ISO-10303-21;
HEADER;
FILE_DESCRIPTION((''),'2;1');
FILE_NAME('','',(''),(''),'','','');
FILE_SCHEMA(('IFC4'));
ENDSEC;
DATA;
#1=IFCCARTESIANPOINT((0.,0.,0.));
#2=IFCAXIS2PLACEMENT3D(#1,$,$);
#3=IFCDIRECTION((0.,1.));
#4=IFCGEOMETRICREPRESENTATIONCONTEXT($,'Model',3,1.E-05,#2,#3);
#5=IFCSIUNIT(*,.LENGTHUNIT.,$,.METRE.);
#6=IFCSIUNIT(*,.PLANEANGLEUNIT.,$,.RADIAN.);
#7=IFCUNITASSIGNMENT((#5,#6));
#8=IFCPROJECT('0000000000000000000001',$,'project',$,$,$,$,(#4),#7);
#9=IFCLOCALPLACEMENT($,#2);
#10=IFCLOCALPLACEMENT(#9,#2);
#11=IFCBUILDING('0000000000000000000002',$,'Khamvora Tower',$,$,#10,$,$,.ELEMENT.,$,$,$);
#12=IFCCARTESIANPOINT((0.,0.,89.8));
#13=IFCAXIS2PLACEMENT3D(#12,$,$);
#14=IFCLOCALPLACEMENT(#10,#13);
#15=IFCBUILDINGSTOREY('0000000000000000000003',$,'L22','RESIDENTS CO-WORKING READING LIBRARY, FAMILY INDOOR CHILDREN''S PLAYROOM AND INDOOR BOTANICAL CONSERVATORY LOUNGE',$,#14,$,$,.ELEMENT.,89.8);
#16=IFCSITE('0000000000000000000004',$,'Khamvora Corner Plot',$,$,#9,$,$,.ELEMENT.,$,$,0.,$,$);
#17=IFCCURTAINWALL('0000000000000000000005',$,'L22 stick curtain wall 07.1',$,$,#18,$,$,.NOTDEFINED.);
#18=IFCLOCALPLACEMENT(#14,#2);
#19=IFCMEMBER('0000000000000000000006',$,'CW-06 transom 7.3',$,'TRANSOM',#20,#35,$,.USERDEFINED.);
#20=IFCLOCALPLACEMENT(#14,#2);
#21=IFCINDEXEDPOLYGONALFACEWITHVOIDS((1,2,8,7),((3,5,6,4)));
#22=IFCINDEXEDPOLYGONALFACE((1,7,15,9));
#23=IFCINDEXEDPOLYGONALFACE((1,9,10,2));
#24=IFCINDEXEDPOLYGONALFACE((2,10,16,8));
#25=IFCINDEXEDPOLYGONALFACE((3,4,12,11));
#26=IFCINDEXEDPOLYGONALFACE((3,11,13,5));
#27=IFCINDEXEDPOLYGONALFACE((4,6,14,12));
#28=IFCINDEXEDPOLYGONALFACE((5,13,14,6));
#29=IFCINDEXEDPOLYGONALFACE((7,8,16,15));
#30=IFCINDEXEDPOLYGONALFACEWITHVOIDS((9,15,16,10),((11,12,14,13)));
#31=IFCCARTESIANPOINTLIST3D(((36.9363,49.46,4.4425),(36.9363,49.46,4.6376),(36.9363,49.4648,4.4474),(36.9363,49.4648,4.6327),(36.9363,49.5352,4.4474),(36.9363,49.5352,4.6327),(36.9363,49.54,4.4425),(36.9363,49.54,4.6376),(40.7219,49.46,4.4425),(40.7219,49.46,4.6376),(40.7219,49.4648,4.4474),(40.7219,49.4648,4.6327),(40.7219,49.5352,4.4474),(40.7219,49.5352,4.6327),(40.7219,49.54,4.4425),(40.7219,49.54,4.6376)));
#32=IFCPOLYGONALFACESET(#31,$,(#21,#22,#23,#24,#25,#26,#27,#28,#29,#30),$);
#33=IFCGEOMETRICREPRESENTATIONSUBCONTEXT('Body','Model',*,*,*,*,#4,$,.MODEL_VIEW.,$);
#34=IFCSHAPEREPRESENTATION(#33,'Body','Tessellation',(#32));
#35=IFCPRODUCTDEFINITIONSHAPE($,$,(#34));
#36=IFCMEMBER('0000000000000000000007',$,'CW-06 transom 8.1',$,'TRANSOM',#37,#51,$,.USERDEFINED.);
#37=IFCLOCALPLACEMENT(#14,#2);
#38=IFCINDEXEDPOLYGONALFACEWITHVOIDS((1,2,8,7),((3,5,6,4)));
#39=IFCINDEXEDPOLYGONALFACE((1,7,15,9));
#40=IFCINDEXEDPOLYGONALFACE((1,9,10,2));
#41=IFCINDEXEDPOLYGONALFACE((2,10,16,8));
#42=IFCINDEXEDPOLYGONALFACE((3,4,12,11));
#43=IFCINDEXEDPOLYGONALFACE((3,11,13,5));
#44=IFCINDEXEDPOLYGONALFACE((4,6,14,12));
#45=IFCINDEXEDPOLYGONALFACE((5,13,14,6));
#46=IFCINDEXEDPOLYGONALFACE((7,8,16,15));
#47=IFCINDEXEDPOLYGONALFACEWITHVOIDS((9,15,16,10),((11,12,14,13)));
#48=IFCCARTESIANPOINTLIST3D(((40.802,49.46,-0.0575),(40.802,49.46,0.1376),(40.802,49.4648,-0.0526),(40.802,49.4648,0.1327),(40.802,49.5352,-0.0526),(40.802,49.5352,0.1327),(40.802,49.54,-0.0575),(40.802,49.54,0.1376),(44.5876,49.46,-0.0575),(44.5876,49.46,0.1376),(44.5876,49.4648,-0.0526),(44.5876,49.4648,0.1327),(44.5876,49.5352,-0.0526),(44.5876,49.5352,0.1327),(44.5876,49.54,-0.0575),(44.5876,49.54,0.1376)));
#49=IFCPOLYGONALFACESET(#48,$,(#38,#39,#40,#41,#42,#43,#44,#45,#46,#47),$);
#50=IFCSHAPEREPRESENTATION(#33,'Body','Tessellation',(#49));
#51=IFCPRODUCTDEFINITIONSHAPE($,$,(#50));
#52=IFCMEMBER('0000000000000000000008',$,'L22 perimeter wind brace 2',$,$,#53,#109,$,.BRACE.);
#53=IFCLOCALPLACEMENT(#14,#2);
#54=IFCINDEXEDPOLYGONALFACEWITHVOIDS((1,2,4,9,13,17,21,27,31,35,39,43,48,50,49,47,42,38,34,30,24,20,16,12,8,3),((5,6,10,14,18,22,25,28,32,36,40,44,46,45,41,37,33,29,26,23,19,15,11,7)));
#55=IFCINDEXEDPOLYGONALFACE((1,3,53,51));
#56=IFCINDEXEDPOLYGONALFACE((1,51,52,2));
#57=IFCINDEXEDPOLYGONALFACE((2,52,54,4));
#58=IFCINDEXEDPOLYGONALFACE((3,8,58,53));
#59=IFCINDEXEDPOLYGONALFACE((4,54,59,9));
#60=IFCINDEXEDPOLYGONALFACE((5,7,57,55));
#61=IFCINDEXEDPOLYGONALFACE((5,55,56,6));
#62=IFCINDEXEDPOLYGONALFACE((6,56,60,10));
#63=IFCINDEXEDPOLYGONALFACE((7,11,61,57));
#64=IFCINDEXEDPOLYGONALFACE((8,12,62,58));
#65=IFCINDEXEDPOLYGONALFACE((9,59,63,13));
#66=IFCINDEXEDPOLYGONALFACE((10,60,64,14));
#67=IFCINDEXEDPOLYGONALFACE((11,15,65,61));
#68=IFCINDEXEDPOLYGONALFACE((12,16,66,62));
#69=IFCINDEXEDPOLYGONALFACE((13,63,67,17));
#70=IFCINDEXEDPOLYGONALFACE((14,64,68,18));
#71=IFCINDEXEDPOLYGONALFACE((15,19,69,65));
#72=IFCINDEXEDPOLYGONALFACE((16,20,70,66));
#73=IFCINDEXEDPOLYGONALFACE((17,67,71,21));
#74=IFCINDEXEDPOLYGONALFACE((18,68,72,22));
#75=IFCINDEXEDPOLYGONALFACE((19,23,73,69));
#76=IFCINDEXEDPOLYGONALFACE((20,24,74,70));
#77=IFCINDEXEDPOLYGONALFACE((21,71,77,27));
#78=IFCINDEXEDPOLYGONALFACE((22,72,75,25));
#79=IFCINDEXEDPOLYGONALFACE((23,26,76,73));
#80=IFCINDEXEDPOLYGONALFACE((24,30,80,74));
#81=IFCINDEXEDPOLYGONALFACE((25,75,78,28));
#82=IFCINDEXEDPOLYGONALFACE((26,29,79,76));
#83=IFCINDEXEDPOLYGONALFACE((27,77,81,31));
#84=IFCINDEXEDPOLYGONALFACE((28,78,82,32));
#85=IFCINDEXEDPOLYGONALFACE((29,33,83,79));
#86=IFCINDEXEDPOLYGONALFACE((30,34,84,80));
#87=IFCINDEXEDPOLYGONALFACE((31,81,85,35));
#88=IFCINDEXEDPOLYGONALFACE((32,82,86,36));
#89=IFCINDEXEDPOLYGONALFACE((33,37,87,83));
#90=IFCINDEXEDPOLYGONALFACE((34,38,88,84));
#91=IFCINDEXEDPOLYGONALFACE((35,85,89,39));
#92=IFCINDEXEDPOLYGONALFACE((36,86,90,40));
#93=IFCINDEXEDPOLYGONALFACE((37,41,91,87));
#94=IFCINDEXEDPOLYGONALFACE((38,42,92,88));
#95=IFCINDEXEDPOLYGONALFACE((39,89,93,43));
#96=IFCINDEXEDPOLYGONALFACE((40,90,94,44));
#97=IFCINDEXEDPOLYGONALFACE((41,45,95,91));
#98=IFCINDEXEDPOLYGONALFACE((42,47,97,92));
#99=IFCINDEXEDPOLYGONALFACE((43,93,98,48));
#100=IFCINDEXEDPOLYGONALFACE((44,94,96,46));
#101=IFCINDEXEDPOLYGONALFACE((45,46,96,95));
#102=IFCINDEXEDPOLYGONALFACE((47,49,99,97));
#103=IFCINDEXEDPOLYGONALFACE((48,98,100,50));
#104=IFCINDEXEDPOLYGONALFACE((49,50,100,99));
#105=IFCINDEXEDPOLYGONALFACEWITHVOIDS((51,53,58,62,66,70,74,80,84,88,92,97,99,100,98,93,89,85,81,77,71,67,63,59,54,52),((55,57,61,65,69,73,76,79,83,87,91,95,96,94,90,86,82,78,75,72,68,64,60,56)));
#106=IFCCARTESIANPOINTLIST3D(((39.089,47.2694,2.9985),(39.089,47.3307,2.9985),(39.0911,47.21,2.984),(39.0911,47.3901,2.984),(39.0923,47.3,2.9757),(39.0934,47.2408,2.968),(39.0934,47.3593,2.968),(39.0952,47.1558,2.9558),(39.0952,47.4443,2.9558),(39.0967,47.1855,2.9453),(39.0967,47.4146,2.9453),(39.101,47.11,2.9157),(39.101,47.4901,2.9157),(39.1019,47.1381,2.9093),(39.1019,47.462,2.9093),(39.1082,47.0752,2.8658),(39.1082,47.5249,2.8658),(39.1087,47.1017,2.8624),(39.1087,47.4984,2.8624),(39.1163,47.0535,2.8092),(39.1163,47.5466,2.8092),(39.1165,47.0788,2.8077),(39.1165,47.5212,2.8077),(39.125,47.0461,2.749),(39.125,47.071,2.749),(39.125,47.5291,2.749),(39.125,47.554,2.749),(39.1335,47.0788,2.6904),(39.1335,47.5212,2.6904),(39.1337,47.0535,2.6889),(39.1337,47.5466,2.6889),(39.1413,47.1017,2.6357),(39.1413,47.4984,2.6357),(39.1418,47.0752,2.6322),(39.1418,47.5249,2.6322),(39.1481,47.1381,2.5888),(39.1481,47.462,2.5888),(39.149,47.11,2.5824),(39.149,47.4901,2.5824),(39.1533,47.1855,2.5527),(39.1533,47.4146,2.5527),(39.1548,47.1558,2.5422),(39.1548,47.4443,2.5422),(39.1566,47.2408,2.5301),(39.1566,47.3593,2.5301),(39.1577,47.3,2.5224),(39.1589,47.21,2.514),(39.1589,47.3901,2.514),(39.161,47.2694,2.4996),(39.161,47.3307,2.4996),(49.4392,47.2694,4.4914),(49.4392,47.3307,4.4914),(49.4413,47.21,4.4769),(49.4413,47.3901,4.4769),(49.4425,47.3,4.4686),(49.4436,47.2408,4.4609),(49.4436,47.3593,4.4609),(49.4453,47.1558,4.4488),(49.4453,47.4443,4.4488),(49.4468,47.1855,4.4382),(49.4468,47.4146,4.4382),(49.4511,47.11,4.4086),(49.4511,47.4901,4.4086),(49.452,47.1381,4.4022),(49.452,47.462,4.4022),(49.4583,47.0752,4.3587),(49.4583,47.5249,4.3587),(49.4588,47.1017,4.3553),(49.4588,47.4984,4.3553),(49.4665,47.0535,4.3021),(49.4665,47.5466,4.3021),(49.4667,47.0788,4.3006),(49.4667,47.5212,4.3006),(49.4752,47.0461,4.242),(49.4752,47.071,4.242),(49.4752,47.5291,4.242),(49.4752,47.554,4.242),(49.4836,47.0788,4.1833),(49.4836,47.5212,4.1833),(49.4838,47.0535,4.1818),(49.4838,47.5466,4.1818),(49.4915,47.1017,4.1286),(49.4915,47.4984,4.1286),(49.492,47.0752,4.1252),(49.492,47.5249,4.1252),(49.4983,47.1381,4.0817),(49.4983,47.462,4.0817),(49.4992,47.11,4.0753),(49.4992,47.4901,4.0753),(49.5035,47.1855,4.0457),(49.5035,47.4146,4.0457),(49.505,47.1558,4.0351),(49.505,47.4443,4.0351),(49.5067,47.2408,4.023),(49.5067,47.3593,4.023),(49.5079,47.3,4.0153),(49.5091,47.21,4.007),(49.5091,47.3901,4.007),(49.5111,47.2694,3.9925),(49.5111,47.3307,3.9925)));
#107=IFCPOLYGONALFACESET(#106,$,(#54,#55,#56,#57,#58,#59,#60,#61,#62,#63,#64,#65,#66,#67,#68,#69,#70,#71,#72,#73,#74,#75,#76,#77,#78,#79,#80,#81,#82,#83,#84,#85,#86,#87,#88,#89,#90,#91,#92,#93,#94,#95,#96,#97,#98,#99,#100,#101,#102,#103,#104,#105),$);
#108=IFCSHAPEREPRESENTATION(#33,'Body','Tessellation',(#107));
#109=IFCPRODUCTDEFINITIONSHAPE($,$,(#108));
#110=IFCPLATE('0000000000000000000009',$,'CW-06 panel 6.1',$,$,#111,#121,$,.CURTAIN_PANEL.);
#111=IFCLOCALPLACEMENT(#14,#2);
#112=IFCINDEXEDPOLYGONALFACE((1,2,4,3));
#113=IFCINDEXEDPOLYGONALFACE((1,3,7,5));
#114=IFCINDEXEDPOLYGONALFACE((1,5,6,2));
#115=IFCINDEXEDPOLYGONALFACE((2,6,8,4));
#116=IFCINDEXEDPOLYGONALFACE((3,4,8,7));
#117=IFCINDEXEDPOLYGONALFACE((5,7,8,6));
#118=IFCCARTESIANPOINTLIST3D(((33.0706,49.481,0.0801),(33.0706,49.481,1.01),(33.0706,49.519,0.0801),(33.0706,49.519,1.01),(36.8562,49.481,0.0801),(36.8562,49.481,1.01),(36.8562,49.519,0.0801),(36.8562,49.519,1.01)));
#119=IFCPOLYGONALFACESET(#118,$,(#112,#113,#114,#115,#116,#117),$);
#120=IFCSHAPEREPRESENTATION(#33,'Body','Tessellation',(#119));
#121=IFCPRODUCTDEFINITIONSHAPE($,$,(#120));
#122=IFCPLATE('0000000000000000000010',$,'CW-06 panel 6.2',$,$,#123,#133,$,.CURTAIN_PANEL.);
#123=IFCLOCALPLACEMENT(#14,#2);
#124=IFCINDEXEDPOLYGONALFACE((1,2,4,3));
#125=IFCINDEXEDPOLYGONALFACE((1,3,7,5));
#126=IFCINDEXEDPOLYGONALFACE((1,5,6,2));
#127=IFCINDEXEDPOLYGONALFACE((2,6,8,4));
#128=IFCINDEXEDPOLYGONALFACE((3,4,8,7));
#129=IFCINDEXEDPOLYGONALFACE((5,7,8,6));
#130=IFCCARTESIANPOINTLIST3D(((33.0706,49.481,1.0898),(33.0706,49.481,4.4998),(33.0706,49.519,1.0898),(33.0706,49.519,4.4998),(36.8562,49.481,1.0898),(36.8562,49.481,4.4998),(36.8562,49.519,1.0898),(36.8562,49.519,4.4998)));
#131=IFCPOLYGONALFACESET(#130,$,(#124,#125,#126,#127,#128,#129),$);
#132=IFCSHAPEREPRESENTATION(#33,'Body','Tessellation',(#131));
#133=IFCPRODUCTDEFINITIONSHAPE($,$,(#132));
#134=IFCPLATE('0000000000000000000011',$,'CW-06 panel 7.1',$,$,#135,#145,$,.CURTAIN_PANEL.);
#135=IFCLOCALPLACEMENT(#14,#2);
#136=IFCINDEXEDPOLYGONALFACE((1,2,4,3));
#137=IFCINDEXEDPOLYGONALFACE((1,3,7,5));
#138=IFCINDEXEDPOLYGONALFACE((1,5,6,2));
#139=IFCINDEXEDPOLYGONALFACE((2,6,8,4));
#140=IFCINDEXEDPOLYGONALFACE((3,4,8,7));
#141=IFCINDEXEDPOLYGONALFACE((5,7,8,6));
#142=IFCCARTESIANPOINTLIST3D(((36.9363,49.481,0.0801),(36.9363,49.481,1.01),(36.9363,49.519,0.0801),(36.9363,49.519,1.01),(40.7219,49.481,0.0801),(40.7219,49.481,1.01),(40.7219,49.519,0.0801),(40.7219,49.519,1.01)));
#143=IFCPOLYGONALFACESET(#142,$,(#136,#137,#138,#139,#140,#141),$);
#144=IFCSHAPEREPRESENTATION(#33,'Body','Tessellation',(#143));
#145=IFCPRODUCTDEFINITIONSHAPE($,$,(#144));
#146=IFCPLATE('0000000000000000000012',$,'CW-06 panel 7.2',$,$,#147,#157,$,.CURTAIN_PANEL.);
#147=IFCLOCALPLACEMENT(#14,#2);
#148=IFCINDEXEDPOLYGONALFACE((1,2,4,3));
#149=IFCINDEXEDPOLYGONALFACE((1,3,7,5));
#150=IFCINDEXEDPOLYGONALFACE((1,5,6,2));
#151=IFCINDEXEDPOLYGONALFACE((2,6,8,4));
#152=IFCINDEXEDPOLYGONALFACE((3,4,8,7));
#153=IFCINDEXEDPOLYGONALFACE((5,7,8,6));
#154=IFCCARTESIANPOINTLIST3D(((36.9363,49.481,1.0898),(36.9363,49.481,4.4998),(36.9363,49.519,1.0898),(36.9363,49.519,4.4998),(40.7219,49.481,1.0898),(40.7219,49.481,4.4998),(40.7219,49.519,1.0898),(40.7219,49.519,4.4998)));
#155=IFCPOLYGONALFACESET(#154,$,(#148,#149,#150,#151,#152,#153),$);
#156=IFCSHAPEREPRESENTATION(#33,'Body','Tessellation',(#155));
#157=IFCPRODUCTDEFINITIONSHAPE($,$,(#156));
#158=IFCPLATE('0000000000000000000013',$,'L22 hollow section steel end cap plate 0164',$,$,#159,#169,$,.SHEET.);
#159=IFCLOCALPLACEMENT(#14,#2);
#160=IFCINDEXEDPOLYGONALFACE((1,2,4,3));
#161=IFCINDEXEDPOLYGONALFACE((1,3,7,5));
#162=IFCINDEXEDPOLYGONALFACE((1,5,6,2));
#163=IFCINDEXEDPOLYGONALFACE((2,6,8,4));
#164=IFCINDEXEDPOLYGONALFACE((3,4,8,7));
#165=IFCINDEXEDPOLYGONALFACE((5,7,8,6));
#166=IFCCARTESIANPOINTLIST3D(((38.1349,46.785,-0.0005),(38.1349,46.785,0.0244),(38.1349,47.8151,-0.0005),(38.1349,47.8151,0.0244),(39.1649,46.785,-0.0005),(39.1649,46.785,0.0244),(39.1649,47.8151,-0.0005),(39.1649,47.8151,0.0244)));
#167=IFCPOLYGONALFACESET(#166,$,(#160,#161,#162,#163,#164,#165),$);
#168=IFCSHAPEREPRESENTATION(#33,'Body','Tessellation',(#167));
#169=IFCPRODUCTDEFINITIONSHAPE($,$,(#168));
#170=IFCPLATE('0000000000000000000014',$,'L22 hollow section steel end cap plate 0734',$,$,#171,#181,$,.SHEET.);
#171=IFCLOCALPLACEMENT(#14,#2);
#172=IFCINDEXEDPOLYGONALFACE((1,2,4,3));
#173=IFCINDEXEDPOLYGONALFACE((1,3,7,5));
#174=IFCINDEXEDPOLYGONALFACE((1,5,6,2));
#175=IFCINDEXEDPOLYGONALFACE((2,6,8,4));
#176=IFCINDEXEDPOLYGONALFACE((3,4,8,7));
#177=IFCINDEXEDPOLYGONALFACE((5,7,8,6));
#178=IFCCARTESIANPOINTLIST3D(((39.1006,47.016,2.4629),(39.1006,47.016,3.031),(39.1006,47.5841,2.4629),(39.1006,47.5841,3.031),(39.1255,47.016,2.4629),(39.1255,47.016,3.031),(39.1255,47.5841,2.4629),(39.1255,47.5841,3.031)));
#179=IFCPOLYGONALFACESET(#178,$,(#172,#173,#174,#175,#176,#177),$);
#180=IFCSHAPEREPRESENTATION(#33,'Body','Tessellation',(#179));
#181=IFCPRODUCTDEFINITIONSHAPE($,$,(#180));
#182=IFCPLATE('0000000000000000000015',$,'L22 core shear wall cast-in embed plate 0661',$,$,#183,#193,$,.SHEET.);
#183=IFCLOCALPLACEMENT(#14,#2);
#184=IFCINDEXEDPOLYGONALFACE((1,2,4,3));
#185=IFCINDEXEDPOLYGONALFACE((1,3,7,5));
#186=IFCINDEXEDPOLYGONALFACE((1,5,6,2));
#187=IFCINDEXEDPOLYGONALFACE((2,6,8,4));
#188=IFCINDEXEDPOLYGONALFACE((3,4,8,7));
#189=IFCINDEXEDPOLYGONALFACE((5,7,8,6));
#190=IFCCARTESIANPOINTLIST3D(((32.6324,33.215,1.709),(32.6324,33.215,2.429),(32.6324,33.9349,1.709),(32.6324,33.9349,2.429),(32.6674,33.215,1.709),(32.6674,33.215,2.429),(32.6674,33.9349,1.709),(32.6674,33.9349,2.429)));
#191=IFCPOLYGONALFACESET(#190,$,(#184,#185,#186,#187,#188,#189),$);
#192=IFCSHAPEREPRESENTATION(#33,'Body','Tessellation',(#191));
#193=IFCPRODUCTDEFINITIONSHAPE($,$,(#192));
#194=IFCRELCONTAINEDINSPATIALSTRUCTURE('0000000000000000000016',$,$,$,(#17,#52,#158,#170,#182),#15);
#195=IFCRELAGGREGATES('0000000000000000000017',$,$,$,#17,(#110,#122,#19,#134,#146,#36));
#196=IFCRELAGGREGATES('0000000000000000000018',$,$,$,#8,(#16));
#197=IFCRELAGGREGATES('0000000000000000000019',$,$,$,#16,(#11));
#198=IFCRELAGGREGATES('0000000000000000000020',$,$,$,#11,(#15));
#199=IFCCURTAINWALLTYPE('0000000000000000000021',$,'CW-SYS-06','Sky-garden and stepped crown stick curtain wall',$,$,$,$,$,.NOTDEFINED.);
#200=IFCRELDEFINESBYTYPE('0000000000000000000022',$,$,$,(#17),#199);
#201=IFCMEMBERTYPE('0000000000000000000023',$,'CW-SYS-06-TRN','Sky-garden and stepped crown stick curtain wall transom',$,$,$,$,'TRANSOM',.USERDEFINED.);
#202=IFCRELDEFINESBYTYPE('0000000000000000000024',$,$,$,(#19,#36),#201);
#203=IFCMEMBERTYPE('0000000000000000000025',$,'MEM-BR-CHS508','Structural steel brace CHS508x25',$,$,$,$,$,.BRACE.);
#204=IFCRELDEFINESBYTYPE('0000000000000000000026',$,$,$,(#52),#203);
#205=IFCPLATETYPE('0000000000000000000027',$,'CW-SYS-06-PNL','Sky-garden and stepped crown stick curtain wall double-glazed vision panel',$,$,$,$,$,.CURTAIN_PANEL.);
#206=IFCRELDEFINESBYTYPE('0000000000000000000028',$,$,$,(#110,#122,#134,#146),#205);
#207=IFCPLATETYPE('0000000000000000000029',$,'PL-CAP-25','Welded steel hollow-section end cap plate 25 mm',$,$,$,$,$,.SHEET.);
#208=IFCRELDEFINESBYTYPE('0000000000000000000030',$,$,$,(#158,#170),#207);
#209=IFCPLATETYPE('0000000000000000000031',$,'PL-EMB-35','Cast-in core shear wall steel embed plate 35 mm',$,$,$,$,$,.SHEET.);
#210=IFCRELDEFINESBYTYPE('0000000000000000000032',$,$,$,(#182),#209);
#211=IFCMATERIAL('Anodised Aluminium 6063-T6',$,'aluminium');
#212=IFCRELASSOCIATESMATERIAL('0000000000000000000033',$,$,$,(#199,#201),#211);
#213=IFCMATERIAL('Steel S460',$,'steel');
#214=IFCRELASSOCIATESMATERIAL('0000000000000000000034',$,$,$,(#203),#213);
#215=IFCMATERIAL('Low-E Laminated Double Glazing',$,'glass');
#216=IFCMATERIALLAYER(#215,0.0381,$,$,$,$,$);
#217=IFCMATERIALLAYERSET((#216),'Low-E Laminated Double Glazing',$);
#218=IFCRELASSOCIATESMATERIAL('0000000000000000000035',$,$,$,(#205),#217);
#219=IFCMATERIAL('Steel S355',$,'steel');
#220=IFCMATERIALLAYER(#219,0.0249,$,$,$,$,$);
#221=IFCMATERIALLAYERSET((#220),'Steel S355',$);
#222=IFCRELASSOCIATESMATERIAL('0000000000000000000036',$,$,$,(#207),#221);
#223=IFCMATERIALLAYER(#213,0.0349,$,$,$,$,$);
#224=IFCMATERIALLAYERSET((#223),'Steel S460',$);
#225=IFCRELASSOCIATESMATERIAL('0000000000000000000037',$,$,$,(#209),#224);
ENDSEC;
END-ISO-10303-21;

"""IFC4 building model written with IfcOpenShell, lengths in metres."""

from ifc_helpers import new_model, si_unit, direction, frame, origin, origin_2d, place, context, subcontext, project, spatial, rectangle, hollow_rectangle, hollow_circle, extrude, material, layer, layer_set, material_profile, profile_set, type_object, element, aggregate, save


model = new_model("IFC4")

# Units and contexts
model_context = context("Model", 3, precision=1e-05, world=origin(), true_north=direction((0.0, 1.0)))
body_context = subcontext(model_context, "Body", "Model", "MODEL_VIEW")
ifc_project = project(units=[si_unit("LENGTHUNIT", "METRE"), si_unit("PLANEANGLEUNIT", "RADIAN")], contexts=[model_context])

# Site, building, storey
site_placement = place(None, origin())
site = spatial("IfcSite", under=ifc_project, at=site_placement, Name="Khamvora Corner Plot", CompositionType="ELEMENT", RefElevation=0.0)
building_placement = place(site_placement, origin())
building = spatial("IfcBuilding", under=site, at=building_placement, Name="Khamvora Tower", CompositionType="ELEMENT")
storey_placement = place(building_placement, frame((0.0, 0.0, 89.8)))
storey = spatial("IfcBuildingStorey", under=building, at=storey_placement, Name="L22", Description="RESIDENTS CO-WORKING READING LIBRARY, FAMILY INDOOR CHILDREN'S PLAYROOM AND INDOOR BOTANICAL CONSERVATORY LOUNGE", CompositionType="ELEMENT", Elevation=89.8)

# Shared definitions
ifc_material_1 = material(Name="Steel S355", Category="steel")
ifc_material_2 = material(Name="Steel S460", Category="steel")

# Curtain wall, members
ifc_material_3 = material(Name="Anodised Aluminium 6063-T6", Category="aluminium")
curtain_wall_type = type_object("IfcCurtainWallType", Name="CW-SYS-06", Description="Sky-garden and stepped crown stick curtain wall", PredefinedType="NOTDEFINED", material=ifc_material_3)
curtain_wall_placement = place(storey_placement, origin())
curtain_wall = element("IfcCurtainWall", 1, at=curtain_wall_placement, inside=storey, type_object=curtain_wall_type, Name="L22 stick curtain wall 07.1", PredefinedType="NOTDEFINED")
ifc_material_profile_1 = material_profile(ifc_material_3, hollow_rectangle(XDim=0.0801, YDim=0.1951, WallThickness=0.0049, at=origin_2d()), Name="TRN80x195x5")
ifc_profile_set_1 = profile_set([ifc_material_profile_1], Name="Anodised Aluminium 6063-T6")
member_type_1 = type_object("IfcMemberType", Name="CW-SYS-06-TRN", Description="Sky-garden and stepped crown stick curtain wall transom", ElementType="TRANSOM", PredefinedType="USERDEFINED", material=ifc_profile_set_1)
member_1_placement = place(storey_placement, frame((36.9363, 49.5, 4.54), z_axis=(1.0, 0.0, 0.0), x_axis=(0.0, 1.0, 0.0)))
member_1 = element("IfcMember", 2, at=member_1_placement, type_object=member_type_1, Name="CW-06 transom 7.3", ObjectType="TRANSOM", PredefinedType="USERDEFINED", context=body_context, shape_type="SweptSolid", body=[
    extrude(hollow_rectangle(XDim=0.0801, YDim=0.1951, WallThickness=0.0049, at=origin_2d()), origin(), (0.0, 0.0, 1.0), 3.7856),
])
member_2_placement = place(storey_placement, frame((40.802, 49.5, 0.04), z_axis=(1.0, 0.0, 0.0), x_axis=(0.0, 1.0, 0.0)))
member_2 = element("IfcMember", 3, at=member_2_placement, type_object=member_type_1, Name="CW-06 transom 8.1", ObjectType="TRANSOM", PredefinedType="USERDEFINED", context=body_context, shape_type="SweptSolid", body=[
    extrude(hollow_rectangle(XDim=0.0801, YDim=0.1951, WallThickness=0.0049, at=origin_2d()), origin(), (0.0, 0.0, 1.0), 3.7856),
])

# Member
ifc_material_profile_2 = material_profile(ifc_material_2, hollow_circle(Radius=0.2539, WallThickness=0.0249, at=origin_2d()), Name="CHS508x25")
ifc_profile_set_2 = profile_set([ifc_material_profile_2], Name="Steel S460")
member_type_2 = type_object("IfcMemberType", Name="MEM-BR-CHS508", Description="Structural steel brace CHS508x25", PredefinedType="BRACE", material=ifc_profile_set_2)
member_3_placement = place(storey_placement, frame((39.125, 47.3, 2.749), z_axis=(0.989757, 0.0, 0.142765), x_axis=(0.0, 1.0, 0.0)))
element("IfcMember", 4, at=member_3_placement, inside=storey, type_object=member_type_2, Name="L22 perimeter wind brace 2", PredefinedType="BRACE", context=body_context, shape_type="SweptSolid", body=[
    extrude(hollow_circle(Radius=0.2539, WallThickness=0.0249, at=origin_2d()), origin(), (0.0, 0.0, 1.0), 10.4573),
])

# Plates
ifc_material_4 = material(Name="Low-E Laminated Double Glazing", Category="glass")
ifc_layer_1 = layer(ifc_material_4, 0.0381)
ifc_layer_set_1 = layer_set([ifc_layer_1], Name="Low-E Laminated Double Glazing")
plate_type_1 = type_object("IfcPlateType", Name="CW-SYS-06-PNL", Description="Sky-garden and stepped crown stick curtain wall double-glazed vision panel", PredefinedType="CURTAIN_PANEL", material=ifc_layer_set_1)
plate_1_placement = place(storey_placement, frame((34.9634, 49.5, 0.0801), z_axis=(0.0, 0.0, 1.0), x_axis=(1.0, 0.0, 0.0)))
plate_1 = element("IfcPlate", 5, at=plate_1_placement, type_object=plate_type_1, Name="CW-06 panel 6.1", PredefinedType="CURTAIN_PANEL", context=body_context, shape_type="SweptSolid", body=[
    extrude(rectangle(XDim=3.7856, YDim=0.0381, at=origin_2d()), origin(), (0.0, 0.0, 1.0), 0.9299),
])
plate_2_placement = place(storey_placement, frame((34.9634, 49.5, 1.0898), z_axis=(0.0, 0.0, 1.0), x_axis=(1.0, 0.0, 0.0)))
plate_2 = element("IfcPlate", 6, at=plate_2_placement, type_object=plate_type_1, Name="CW-06 panel 6.2", PredefinedType="CURTAIN_PANEL", context=body_context, shape_type="SweptSolid", body=[
    extrude(rectangle(XDim=3.7856, YDim=0.0381, at=origin_2d()), origin(), (0.0, 0.0, 1.0), 3.4099),
])
plate_3_placement = place(storey_placement, frame((38.8291, 49.5, 0.0801), z_axis=(0.0, 0.0, 1.0), x_axis=(1.0, 0.0, 0.0)))
plate_3 = element("IfcPlate", 7, at=plate_3_placement, type_object=plate_type_1, Name="CW-06 panel 7.1", PredefinedType="CURTAIN_PANEL", context=body_context, shape_type="SweptSolid", body=[
    extrude(rectangle(XDim=3.7856, YDim=0.0381, at=origin_2d()), origin(), (0.0, 0.0, 1.0), 0.9299),
])
plate_4_placement = place(storey_placement, frame((38.8291, 49.5, 1.0898), z_axis=(0.0, 0.0, 1.0), x_axis=(1.0, 0.0, 0.0)))
plate_4 = element("IfcPlate", 8, at=plate_4_placement, type_object=plate_type_1, Name="CW-06 panel 7.2", PredefinedType="CURTAIN_PANEL", context=body_context, shape_type="SweptSolid", body=[
    extrude(rectangle(XDim=3.7856, YDim=0.0381, at=origin_2d()), origin(), (0.0, 0.0, 1.0), 3.4099),
])
aggregate(curtain_wall, [plate_1, plate_2, member_1, plate_3, plate_4, member_2])

# Plates
ifc_layer_2 = layer(ifc_material_1, 0.0249)
ifc_layer_set_2 = layer_set([ifc_layer_2], Name="Steel S355")
plate_type_2 = type_object("IfcPlateType", Name="PL-CAP-25", Description="Welded steel hollow-section end cap plate 25 mm", PredefinedType="SHEET", material=ifc_layer_set_2)
plate_5_placement = place(storey_placement, frame((38.6499, 47.3, -0.0005), z_axis=(0.0, 0.0, 1.0), x_axis=(1.0, 0.0, 0.0)))
element("IfcPlate", 9, at=plate_5_placement, inside=storey, type_object=plate_type_2, Name="L22 hollow section steel end cap plate 0164", PredefinedType="SHEET", context=body_context, shape_type="SweptSolid", body=[
    extrude(rectangle(XDim=1.03, YDim=1.03, at=origin_2d()), origin(), (0.0, 0.0, 1.0), 0.0249),
])
plate_6_placement = place(storey_placement, frame((39.113, 47.3, 2.4629), z_axis=(0.0, 0.0, 1.0), x_axis=(1.0, 0.0, 0.0)))
element("IfcPlate", 10, at=plate_6_placement, inside=storey, type_object=plate_type_2, Name="L22 hollow section steel end cap plate 0734", PredefinedType="SHEET", context=body_context, shape_type="SweptSolid", body=[
    extrude(rectangle(XDim=0.0249, YDim=0.5681, at=origin_2d()), origin(), (0.0, 0.0, 1.0), 0.5681),
])
ifc_layer_3 = layer(ifc_material_2, 0.0349)
ifc_layer_set_3 = layer_set([ifc_layer_3], Name="Steel S460")
plate_type_3 = type_object("IfcPlateType", Name="PL-EMB-35", Description="Cast-in core shear wall steel embed plate 35 mm", PredefinedType="SHEET", material=ifc_layer_set_3)
for number, where, z_axis, x_axis, name in (
    (11, (32.6499, 33.575, 1.709), (0.0, 0.0, 1.0), (1.0, 0.0, 0.0), "L22 core shear wall cast-in embed plate 0661"),
):
    element("IfcPlate", number, at=place(storey_placement, frame(where, z_axis=z_axis, x_axis=x_axis)), inside=storey, type_object=plate_type_3, Name=name, PredefinedType="SHEET", context=body_context, shape_type="SweptSolid", body=[
        extrude(rectangle(XDim=0.0349, YDim=0.72, at=origin_2d()), origin(), (0.0, 0.0, 1.0), 0.72),
    ])

save(model, "model.ifc")
